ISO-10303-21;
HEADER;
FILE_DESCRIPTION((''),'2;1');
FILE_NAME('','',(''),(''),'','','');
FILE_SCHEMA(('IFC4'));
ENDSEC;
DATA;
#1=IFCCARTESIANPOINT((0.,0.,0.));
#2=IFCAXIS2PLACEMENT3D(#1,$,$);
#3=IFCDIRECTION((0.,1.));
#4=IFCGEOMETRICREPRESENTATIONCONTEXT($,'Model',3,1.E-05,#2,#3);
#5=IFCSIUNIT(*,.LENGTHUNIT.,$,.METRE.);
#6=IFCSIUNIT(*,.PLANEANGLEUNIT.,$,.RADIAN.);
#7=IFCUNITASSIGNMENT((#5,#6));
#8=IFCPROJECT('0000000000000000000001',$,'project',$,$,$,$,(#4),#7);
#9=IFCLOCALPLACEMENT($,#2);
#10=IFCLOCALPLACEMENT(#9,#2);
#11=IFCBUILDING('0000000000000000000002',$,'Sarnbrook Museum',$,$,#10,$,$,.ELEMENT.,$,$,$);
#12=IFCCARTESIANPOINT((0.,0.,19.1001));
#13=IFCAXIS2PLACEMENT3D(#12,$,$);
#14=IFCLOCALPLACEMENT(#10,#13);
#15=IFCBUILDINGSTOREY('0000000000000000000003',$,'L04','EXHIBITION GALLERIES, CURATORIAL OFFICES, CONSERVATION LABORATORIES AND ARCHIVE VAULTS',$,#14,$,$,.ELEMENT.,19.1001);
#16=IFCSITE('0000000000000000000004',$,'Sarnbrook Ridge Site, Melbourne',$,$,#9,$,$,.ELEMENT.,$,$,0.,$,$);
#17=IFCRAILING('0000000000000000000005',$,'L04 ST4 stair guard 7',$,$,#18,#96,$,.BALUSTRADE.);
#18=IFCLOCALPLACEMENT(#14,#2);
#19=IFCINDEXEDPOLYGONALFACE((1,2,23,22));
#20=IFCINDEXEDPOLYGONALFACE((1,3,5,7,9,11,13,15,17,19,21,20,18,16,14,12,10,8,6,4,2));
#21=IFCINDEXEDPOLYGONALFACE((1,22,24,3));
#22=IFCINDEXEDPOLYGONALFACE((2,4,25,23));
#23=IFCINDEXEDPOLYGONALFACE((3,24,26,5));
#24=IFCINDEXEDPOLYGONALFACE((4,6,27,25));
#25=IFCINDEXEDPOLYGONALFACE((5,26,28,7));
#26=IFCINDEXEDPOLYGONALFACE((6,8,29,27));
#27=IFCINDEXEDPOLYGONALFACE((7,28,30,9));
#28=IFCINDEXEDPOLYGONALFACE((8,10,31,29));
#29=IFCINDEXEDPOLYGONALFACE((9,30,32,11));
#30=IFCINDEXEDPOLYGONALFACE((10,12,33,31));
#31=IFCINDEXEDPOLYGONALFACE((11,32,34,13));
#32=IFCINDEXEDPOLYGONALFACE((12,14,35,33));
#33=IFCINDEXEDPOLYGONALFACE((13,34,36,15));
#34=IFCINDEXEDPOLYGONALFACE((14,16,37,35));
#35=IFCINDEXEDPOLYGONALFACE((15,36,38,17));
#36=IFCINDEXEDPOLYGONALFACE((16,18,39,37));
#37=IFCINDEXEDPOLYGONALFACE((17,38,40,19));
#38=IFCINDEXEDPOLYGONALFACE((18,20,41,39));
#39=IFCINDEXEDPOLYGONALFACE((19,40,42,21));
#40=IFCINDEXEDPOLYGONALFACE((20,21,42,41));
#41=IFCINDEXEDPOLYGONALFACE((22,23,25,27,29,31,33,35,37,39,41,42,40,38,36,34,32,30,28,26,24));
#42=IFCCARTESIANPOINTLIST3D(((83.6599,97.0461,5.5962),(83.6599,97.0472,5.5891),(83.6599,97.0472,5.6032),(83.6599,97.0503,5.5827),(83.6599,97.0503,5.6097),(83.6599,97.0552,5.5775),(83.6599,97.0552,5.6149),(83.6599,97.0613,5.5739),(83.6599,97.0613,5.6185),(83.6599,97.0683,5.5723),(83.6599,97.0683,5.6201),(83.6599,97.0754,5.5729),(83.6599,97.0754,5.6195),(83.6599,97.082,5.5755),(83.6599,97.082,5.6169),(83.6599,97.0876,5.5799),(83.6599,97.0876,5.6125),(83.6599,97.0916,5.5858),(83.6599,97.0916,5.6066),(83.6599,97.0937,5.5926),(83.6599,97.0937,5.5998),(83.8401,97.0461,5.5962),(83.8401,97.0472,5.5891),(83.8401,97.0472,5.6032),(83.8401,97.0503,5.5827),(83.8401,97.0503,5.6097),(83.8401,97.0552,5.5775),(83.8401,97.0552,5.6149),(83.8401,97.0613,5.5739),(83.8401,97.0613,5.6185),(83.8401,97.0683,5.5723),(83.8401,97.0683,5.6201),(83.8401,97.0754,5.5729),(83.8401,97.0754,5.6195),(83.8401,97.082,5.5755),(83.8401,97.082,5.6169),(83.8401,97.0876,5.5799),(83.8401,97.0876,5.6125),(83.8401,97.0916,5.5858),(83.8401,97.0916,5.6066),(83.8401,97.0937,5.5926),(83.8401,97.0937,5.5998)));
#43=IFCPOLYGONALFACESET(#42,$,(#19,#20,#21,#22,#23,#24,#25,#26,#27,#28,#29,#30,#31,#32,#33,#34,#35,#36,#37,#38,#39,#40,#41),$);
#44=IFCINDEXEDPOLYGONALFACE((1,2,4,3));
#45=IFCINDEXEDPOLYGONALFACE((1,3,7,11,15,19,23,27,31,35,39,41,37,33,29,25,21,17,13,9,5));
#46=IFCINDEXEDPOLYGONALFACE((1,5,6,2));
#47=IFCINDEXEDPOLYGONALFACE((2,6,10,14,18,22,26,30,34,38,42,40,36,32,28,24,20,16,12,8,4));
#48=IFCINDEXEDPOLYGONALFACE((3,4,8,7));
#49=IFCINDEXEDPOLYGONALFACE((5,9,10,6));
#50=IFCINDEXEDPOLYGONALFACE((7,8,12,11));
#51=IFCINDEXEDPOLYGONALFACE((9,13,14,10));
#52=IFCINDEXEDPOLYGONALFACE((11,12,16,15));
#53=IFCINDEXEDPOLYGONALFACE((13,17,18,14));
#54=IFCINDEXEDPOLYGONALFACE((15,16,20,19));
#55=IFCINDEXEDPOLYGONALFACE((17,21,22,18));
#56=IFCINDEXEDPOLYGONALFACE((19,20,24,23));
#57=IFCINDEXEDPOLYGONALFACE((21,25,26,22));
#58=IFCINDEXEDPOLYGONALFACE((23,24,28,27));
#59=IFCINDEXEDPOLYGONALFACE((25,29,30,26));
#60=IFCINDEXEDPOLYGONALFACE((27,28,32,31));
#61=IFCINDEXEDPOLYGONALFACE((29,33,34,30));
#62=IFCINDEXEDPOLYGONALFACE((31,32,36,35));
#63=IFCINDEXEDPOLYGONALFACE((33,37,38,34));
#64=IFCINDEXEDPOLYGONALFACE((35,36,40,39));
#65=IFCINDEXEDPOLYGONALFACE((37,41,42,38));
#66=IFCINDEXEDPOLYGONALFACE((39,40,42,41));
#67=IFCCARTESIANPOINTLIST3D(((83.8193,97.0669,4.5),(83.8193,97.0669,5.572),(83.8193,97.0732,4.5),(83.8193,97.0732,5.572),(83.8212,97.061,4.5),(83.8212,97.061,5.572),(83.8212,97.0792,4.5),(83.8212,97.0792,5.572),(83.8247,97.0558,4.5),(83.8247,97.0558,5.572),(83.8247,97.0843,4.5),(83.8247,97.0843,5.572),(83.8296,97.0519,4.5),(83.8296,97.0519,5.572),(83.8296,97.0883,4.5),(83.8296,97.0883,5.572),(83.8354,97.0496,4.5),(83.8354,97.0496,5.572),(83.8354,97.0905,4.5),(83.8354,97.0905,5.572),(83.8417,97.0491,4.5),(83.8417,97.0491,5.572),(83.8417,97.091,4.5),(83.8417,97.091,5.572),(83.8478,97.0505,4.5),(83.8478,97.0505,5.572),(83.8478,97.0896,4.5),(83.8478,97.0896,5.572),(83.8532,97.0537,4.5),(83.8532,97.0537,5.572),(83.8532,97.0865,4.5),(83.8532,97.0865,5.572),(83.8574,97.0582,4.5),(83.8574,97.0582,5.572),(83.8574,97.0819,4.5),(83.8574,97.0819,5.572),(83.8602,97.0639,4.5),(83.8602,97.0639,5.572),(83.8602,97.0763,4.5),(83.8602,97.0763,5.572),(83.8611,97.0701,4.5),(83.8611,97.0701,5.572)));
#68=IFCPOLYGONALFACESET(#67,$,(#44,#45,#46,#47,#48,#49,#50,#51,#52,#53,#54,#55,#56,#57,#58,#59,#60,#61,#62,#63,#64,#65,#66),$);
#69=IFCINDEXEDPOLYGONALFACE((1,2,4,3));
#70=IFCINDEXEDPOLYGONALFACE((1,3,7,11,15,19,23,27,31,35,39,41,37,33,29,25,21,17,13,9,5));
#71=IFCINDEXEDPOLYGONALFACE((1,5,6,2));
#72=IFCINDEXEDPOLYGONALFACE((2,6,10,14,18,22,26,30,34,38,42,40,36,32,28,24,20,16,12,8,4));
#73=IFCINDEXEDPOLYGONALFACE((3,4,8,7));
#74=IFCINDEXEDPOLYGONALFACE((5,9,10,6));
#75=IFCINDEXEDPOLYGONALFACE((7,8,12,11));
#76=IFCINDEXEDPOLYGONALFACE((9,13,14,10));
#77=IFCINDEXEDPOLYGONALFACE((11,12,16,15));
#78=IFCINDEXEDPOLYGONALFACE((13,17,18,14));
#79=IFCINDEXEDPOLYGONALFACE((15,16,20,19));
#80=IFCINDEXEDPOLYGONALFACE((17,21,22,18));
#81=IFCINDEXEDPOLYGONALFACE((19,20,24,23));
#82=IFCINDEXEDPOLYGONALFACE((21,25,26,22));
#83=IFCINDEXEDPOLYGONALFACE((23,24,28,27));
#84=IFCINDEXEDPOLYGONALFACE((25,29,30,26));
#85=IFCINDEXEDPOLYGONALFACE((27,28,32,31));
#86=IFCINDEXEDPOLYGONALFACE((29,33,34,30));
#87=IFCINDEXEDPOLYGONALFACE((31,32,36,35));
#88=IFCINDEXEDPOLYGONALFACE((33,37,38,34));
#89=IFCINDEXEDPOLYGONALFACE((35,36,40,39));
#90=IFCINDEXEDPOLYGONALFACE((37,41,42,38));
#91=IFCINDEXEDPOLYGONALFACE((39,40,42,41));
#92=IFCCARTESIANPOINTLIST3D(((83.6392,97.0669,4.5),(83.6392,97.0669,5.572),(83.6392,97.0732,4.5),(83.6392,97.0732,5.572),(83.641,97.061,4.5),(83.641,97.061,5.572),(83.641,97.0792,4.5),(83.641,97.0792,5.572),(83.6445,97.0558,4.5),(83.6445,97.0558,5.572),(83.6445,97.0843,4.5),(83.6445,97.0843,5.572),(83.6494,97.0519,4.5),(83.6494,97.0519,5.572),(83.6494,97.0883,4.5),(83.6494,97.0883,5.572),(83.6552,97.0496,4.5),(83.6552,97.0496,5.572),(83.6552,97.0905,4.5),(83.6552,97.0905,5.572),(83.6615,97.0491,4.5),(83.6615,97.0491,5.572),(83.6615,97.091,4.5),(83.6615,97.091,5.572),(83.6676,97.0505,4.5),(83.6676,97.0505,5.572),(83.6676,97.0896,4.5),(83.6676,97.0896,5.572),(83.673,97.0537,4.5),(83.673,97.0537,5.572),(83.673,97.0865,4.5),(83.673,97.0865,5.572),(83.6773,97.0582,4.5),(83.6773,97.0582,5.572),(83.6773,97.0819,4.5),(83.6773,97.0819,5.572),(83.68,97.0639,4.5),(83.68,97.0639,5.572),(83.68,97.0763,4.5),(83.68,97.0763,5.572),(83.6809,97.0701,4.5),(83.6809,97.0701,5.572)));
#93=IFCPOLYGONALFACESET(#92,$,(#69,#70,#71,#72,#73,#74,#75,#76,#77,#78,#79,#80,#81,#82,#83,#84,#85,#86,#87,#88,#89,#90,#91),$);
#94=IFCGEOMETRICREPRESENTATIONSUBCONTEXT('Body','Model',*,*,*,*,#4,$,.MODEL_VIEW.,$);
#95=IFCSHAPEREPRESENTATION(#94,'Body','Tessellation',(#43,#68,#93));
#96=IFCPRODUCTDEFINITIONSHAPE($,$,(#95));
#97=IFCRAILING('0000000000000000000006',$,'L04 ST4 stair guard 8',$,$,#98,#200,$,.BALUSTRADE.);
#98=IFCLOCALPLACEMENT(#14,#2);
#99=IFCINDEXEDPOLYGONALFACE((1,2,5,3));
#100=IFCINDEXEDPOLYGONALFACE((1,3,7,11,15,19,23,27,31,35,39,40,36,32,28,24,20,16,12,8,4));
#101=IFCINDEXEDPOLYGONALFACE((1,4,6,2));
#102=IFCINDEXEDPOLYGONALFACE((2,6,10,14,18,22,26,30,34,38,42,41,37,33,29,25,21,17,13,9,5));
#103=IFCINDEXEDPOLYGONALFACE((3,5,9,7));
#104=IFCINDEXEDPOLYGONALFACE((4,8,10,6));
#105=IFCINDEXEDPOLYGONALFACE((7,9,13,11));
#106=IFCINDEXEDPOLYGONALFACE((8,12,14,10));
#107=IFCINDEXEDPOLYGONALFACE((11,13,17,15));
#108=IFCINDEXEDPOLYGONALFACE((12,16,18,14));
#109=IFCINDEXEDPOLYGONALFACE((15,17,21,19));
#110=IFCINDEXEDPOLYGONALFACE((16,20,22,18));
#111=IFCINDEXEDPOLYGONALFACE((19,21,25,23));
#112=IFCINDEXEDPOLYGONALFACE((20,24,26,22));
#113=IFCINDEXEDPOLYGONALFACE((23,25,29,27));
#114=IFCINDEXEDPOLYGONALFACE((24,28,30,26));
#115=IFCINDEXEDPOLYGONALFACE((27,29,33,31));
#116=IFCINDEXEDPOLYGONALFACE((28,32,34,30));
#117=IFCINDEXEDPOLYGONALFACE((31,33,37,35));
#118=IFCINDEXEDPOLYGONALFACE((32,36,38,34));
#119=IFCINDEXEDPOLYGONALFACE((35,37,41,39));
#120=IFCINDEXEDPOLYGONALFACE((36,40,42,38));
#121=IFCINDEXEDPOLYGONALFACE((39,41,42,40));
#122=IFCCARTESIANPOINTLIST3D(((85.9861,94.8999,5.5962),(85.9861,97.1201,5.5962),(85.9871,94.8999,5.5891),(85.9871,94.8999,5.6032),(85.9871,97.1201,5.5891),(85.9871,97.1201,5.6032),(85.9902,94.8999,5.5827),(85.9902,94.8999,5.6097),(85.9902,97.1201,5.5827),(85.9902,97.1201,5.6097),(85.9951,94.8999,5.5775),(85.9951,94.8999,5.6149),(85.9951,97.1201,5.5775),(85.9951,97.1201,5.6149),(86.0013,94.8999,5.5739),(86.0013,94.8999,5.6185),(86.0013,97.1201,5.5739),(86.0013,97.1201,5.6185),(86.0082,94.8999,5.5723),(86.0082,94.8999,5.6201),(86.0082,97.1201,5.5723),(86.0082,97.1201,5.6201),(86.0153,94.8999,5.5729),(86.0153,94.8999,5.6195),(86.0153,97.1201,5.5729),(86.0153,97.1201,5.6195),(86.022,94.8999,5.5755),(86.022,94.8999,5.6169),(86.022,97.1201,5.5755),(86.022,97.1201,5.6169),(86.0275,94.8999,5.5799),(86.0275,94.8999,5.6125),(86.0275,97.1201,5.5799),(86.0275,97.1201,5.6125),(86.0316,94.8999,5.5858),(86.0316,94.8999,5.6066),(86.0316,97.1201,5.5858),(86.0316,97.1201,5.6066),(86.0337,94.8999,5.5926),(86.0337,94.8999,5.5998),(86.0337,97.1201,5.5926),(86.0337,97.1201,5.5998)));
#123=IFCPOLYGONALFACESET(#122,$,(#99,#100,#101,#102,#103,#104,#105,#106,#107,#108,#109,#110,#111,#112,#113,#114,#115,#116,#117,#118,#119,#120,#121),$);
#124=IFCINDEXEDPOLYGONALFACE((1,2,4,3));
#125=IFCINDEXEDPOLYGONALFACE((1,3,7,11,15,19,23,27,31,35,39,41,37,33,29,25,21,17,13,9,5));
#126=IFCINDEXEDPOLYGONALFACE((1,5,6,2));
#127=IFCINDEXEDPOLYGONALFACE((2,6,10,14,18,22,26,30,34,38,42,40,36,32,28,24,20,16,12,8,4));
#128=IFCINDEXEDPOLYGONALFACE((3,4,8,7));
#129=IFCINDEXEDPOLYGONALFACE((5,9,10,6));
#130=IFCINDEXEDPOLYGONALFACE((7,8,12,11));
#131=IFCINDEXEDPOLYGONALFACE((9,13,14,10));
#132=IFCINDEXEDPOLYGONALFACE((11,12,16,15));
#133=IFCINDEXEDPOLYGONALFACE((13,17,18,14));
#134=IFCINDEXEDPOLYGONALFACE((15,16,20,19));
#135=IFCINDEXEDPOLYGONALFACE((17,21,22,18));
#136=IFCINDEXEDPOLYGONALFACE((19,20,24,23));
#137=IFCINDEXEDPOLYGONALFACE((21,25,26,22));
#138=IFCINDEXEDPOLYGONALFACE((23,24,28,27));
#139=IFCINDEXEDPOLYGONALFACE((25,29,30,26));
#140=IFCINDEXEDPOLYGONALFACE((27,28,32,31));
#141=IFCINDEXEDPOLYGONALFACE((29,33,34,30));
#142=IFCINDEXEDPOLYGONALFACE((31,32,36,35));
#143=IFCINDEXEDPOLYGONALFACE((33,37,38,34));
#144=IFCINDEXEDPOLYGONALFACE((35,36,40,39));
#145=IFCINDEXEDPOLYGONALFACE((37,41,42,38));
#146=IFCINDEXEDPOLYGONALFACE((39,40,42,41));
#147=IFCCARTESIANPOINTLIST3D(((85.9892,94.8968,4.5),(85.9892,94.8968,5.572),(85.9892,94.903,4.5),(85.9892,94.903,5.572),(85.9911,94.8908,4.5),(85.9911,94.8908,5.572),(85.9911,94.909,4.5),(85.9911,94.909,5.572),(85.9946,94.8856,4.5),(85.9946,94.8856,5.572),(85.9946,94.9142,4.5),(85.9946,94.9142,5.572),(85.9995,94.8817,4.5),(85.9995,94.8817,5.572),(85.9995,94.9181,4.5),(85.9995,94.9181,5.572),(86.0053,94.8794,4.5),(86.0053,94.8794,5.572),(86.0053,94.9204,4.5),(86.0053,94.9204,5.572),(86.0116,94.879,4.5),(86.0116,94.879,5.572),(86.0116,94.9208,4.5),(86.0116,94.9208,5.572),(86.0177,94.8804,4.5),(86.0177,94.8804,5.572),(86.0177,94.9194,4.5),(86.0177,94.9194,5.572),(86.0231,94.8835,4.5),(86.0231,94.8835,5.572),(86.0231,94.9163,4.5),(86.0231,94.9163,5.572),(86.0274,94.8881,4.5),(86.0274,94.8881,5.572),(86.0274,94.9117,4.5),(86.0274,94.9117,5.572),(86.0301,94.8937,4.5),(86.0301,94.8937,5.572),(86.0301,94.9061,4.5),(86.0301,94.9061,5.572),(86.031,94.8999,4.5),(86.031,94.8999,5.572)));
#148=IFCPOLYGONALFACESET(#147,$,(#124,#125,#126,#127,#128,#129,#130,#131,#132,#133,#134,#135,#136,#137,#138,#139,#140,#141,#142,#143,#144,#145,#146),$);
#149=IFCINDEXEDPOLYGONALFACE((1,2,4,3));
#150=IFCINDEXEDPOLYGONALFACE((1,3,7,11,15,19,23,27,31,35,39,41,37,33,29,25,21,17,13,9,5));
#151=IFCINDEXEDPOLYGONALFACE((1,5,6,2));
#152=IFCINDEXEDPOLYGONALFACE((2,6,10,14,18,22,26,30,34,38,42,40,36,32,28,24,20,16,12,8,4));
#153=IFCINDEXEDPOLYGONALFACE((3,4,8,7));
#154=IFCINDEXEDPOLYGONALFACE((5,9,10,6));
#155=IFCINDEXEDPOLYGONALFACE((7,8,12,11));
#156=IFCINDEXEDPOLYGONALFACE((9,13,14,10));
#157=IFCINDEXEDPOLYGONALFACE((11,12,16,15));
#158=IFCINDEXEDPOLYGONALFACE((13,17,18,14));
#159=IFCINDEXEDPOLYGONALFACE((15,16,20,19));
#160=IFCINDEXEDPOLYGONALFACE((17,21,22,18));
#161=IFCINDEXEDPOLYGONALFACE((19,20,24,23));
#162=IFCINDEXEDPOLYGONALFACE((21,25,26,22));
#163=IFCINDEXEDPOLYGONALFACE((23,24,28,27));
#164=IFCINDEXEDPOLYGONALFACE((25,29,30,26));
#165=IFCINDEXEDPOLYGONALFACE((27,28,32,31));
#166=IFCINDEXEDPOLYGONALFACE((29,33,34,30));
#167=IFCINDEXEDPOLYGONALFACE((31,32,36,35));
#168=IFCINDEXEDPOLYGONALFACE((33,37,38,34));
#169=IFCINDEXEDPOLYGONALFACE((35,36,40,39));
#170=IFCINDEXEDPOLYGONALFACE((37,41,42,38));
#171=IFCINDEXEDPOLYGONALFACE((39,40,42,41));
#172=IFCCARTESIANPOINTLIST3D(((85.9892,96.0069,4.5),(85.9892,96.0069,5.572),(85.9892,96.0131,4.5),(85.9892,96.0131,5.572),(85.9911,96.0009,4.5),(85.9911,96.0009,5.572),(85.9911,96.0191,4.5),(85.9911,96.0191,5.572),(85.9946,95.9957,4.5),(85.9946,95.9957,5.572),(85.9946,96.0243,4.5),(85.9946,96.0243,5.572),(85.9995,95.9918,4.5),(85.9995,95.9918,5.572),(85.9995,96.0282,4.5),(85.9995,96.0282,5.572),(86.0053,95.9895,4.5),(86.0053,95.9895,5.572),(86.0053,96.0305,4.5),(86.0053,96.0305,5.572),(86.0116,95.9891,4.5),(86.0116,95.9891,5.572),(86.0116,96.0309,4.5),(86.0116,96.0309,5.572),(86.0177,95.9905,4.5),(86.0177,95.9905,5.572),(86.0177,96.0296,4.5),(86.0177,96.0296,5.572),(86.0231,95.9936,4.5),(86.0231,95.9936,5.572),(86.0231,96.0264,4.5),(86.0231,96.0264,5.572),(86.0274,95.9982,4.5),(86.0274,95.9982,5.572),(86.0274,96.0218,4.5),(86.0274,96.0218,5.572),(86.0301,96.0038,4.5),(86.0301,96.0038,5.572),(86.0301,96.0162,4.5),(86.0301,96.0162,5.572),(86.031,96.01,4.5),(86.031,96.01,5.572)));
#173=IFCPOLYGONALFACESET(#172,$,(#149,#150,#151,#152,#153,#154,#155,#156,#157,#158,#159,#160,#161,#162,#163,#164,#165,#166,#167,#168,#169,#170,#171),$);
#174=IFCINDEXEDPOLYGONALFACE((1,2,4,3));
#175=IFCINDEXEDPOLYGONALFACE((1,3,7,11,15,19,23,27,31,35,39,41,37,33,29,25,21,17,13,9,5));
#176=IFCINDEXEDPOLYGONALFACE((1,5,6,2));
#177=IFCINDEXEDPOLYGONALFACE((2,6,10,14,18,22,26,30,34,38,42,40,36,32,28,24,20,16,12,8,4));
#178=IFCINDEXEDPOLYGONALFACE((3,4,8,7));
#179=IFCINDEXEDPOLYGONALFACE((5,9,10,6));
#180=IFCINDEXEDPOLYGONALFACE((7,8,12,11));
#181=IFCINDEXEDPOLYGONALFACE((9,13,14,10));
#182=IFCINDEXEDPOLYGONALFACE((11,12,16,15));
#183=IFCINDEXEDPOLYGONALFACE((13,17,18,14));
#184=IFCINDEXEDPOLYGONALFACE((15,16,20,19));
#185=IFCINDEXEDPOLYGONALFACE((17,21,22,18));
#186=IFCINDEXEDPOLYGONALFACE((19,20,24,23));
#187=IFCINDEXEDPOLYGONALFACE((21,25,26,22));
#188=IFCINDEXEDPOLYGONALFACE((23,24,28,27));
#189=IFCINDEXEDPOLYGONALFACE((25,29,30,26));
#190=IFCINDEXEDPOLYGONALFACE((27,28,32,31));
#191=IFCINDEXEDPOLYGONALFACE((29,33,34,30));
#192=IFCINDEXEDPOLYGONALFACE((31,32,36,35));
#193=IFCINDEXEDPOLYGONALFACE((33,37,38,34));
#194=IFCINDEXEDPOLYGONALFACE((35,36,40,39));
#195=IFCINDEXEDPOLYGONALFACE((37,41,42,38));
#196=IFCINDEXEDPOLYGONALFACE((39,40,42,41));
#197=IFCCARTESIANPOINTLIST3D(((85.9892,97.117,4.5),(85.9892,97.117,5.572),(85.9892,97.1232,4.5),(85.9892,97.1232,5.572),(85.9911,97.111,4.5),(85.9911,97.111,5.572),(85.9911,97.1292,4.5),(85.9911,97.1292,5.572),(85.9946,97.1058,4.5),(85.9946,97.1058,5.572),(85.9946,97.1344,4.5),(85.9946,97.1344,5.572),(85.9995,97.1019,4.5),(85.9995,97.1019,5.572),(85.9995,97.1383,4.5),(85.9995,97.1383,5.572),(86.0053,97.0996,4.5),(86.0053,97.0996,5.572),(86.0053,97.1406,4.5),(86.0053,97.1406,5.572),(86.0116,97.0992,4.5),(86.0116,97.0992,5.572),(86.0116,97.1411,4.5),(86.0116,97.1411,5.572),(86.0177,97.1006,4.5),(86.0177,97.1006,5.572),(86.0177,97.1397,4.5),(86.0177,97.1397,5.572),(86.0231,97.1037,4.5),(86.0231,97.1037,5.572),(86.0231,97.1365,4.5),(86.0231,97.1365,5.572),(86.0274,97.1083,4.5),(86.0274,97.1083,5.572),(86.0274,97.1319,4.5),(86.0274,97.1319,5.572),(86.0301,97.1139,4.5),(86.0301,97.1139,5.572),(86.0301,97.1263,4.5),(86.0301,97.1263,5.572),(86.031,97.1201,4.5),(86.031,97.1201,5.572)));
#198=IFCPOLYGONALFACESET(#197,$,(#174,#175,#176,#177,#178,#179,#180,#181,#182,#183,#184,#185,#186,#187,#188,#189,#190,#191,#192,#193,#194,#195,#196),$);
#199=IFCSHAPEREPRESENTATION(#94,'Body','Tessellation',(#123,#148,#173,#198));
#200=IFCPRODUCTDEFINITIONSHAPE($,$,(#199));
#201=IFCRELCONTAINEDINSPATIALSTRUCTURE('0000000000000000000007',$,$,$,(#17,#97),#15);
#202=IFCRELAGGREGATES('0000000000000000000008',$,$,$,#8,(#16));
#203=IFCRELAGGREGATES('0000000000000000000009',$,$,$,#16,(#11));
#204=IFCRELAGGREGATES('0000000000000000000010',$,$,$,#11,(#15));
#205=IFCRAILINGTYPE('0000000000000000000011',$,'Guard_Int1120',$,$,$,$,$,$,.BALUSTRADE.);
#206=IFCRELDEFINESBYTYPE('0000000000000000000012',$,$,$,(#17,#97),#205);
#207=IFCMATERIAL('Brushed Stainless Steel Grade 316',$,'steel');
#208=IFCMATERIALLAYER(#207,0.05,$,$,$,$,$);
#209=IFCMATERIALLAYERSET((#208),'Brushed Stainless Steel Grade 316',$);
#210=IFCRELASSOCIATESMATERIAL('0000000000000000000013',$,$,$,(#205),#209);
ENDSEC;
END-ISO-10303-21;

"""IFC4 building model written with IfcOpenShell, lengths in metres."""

from ifc_helpers import new_model, si_unit, direction, frame, origin, origin_2d, place, context, subcontext, project, spatial, circle, extrude, material, layer, layer_set, type_object, element, save


model = new_model("IFC4")

# Units and contexts
model_context = context("Model", 3, precision=1e-05, world=origin(), true_north=direction((0.0, 1.0)))
body_context = subcontext(model_context, "Body", "Model", "MODEL_VIEW")
ifc_project = project(units=[si_unit("LENGTHUNIT", "METRE"), si_unit("PLANEANGLEUNIT", "RADIAN")], contexts=[model_context])

# Site, building, storey
site_placement = place(None, origin())
site = spatial("IfcSite", under=ifc_project, at=site_placement, Name="Sarnbrook Ridge Site, Melbourne", CompositionType="ELEMENT", RefElevation=0.0)
building_placement = place(site_placement, origin())
building = spatial("IfcBuilding", under=site, at=building_placement, Name="Sarnbrook Museum", CompositionType="ELEMENT")
storey_placement = place(building_placement, frame((0.0, 0.0, 19.1001)))
storey = spatial("IfcBuildingStorey", under=building, at=storey_placement, Name="L04", Description="EXHIBITION GALLERIES, CURATORIAL OFFICES, CONSERVATION LABORATORIES AND ARCHIVE VAULTS", CompositionType="ELEMENT", Elevation=19.1001)

# Shared definitions
ifc_material_1 = material(Name="Brushed Stainless Steel Grade 316", Category="steel")

# Railings
ifc_layer_1 = layer(ifc_material_1, 0.05)
ifc_layer_set_1 = layer_set([ifc_layer_1], Name="Brushed Stainless Steel Grade 316")
railing_type_1 = type_object("IfcRailingType", Name="Guard_Int1120", PredefinedType="BALUSTRADE", material=ifc_layer_set_1)
railing_1_placement = place(storey_placement, frame((83.8401, 97.0701, 4.5)))
element("IfcRailing", 1, at=railing_1_placement, inside=storey, type_object=railing_type_1, Name="L04 ST4 stair guard 7", PredefinedType="BALUSTRADE", context=body_context, shape_type="SweptSolid", body=[
    extrude(circle(Radius=0.0239, at=origin_2d()), frame((0.0, 0.0, 1.0962), z_axis=(-1.0, 0.0, 0.0), x_axis=(0.0, -1.0, 0.0)), (0.0, 0.0, 1.0), 0.1802),
    extrude(circle(Radius=0.021, at=origin_2d()), origin(), (0.0, 0.0, 1.0), 1.072),
    extrude(circle(Radius=0.021, at=origin_2d()), frame((-0.1802, 0.0, 0.0)), (0.0, 0.0, 1.0), 1.072),
])
for number, where, name in (
    (2, (86.01, 94.8999, 4.5), "L04 ST4 stair guard 8"),
):
    element("IfcRailing", number, at=place(storey_placement, frame(where)), inside=storey, type_object=railing_type_1, Name=name, PredefinedType="BALUSTRADE", context=body_context, shape_type="SweptSolid", body=[
        extrude(circle(Radius=0.0239, at=origin_2d()), frame((0.0, 0.0, 1.0962), z_axis=(0.0, 1.0, 0.0), x_axis=(-1.0, 0.0, 0.0)), (0.0, 0.0, 1.0), 2.2202),
        extrude(circle(Radius=0.021, at=origin_2d()), origin(), (0.0, 0.0, 1.0), 1.072),
        extrude(circle(Radius=0.021, at=origin_2d()), frame((0.0, 1.1101, 0.0)), (0.0, 0.0, 1.0), 1.072),
        extrude(circle(Radius=0.021, at=origin_2d()), frame((0.0, 2.2202, 0.0)), (0.0, 0.0, 1.0), 1.072),
    ])

save(model, "model.ifc")
